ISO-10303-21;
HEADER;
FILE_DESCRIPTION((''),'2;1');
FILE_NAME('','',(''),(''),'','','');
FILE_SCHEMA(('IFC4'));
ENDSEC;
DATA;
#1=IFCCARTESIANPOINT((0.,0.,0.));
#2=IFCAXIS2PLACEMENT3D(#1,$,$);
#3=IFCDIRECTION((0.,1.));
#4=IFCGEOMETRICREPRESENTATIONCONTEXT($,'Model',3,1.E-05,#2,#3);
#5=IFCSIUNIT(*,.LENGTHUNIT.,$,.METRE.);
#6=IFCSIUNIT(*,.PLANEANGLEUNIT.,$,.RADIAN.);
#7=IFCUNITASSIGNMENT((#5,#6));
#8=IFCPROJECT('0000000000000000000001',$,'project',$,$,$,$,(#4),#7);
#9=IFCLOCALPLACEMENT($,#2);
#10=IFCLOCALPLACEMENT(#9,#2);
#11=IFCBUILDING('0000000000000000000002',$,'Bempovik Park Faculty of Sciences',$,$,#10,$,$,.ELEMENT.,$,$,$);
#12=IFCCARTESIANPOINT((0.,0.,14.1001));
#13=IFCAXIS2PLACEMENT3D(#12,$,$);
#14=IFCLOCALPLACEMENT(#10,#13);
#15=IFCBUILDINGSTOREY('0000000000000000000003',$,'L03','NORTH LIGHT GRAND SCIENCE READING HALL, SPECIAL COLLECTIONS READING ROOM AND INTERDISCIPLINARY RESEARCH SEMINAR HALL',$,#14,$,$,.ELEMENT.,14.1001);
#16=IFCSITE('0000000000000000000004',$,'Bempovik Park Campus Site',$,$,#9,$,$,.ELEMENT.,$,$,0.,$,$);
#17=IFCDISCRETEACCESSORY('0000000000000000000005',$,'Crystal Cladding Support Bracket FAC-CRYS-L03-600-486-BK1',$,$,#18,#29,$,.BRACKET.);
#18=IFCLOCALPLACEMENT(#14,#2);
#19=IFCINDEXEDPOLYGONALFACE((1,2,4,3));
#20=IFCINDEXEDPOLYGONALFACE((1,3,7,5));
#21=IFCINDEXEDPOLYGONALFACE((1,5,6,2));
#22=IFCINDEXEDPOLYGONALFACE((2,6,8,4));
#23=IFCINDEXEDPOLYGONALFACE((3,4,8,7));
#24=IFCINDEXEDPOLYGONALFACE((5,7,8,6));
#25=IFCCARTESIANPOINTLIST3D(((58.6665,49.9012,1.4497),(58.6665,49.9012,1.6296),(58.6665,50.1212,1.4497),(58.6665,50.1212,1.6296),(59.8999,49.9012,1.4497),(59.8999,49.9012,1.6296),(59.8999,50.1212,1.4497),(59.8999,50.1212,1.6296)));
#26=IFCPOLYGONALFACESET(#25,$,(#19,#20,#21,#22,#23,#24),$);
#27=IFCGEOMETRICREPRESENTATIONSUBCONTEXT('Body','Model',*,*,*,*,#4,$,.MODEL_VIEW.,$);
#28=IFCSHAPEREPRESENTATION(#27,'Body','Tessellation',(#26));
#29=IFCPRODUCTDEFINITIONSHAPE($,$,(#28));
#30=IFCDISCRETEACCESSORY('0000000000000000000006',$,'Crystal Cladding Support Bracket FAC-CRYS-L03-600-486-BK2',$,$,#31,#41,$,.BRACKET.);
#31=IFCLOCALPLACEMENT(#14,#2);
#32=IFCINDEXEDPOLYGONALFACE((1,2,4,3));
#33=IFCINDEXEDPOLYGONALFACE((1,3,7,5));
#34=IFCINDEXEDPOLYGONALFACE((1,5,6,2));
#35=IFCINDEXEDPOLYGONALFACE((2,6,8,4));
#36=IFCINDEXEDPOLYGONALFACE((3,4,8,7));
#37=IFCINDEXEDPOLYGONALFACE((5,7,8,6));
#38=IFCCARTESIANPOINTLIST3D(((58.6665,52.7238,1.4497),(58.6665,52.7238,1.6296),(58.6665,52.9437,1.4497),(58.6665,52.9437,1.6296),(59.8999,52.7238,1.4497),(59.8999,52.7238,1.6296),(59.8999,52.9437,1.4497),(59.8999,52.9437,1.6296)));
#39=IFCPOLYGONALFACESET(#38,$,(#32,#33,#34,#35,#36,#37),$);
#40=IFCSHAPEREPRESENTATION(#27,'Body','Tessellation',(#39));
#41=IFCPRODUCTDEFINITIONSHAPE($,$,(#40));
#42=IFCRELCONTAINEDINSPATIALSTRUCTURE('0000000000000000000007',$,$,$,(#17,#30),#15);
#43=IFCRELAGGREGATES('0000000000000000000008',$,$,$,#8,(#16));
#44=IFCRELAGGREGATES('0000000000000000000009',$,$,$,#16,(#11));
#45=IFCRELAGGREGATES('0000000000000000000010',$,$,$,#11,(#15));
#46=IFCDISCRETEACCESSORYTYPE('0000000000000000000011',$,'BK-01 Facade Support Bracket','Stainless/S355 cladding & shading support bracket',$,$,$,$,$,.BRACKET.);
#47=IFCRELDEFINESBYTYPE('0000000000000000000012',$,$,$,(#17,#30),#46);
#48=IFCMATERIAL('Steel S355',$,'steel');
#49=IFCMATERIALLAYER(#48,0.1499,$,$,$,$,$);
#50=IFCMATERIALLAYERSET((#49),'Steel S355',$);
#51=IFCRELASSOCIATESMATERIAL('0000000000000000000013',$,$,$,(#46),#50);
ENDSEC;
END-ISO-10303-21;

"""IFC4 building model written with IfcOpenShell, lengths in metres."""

from ifc_helpers import new_model, si_unit, direction, frame, origin, origin_2d, place, context, subcontext, project, spatial, rectangle, extrude, material, layer, layer_set, type_object, element, save


model = new_model("IFC4")

# Units and contexts
model_context = context("Model", 3, precision=1e-05, world=origin(), true_north=direction((0.0, 1.0)))
body_context = subcontext(model_context, "Body", "Model", "MODEL_VIEW")
ifc_project = project(units=[si_unit("LENGTHUNIT", "METRE"), si_unit("PLANEANGLEUNIT", "RADIAN")], contexts=[model_context])

# Site, building, storey
site_placement = place(None, origin())
site = spatial("IfcSite", under=ifc_project, at=site_placement, Name="Bempovik Park Campus Site", CompositionType="ELEMENT", RefElevation=0.0)
building_placement = place(site_placement, origin())
building = spatial("IfcBuilding", under=site, at=building_placement, Name="Bempovik Park Faculty of Sciences", CompositionType="ELEMENT")
storey_placement = place(building_placement, frame((0.0, 0.0, 14.1001)))
storey = spatial("IfcBuildingStorey", under=building, at=storey_placement, Name="L03", Description="NORTH LIGHT GRAND SCIENCE READING HALL, SPECIAL COLLECTIONS READING ROOM AND INTERDISCIPLINARY RESEARCH SEMINAR HALL", CompositionType="ELEMENT", Elevation=14.1001)

# Shared definitions
ifc_material_1 = material(Name="Steel S355", Category="steel")

# Discrete accessories
ifc_layer_1 = layer(ifc_material_1, 0.1499)
ifc_layer_set_1 = layer_set([ifc_layer_1], Name="Steel S355")
discrete_accessory_type = type_object("IfcDiscreteAccessoryType", Name="BK-01 Facade Support Bracket", Description="Stainless/S355 cladding & shading support bracket", PredefinedType="BRACKET", material=ifc_layer_set_1)
for number, where, z_axis, x_axis, name in (
    (1, (59.2832, 50.0112, 1.4497), (0.0, 0.0, 1.0), (1.0, 0.0, 0.0), "Crystal Cladding Support Bracket FAC-CRYS-L03-600-486-BK1"),
    (2, (59.2832, 52.8337, 1.4497), (0.0, 0.0, 1.0), (1.0, 0.0, 0.0), "Crystal Cladding Support Bracket FAC-CRYS-L03-600-486-BK2"),
):
    element("IfcDiscreteAccessory", number, at=place(storey_placement, frame(where, z_axis=z_axis, x_axis=x_axis)), inside=storey, type_object=discrete_accessory_type, Name=name, PredefinedType="BRACKET", context=body_context, shape_type="SweptSolid", body=[
        extrude(rectangle(XDim=1.2334, YDim=0.22, at=origin_2d()), origin(), (0.0, 0.0, 1.0), 0.1799),
    ])

save(model, "model.ifc")
